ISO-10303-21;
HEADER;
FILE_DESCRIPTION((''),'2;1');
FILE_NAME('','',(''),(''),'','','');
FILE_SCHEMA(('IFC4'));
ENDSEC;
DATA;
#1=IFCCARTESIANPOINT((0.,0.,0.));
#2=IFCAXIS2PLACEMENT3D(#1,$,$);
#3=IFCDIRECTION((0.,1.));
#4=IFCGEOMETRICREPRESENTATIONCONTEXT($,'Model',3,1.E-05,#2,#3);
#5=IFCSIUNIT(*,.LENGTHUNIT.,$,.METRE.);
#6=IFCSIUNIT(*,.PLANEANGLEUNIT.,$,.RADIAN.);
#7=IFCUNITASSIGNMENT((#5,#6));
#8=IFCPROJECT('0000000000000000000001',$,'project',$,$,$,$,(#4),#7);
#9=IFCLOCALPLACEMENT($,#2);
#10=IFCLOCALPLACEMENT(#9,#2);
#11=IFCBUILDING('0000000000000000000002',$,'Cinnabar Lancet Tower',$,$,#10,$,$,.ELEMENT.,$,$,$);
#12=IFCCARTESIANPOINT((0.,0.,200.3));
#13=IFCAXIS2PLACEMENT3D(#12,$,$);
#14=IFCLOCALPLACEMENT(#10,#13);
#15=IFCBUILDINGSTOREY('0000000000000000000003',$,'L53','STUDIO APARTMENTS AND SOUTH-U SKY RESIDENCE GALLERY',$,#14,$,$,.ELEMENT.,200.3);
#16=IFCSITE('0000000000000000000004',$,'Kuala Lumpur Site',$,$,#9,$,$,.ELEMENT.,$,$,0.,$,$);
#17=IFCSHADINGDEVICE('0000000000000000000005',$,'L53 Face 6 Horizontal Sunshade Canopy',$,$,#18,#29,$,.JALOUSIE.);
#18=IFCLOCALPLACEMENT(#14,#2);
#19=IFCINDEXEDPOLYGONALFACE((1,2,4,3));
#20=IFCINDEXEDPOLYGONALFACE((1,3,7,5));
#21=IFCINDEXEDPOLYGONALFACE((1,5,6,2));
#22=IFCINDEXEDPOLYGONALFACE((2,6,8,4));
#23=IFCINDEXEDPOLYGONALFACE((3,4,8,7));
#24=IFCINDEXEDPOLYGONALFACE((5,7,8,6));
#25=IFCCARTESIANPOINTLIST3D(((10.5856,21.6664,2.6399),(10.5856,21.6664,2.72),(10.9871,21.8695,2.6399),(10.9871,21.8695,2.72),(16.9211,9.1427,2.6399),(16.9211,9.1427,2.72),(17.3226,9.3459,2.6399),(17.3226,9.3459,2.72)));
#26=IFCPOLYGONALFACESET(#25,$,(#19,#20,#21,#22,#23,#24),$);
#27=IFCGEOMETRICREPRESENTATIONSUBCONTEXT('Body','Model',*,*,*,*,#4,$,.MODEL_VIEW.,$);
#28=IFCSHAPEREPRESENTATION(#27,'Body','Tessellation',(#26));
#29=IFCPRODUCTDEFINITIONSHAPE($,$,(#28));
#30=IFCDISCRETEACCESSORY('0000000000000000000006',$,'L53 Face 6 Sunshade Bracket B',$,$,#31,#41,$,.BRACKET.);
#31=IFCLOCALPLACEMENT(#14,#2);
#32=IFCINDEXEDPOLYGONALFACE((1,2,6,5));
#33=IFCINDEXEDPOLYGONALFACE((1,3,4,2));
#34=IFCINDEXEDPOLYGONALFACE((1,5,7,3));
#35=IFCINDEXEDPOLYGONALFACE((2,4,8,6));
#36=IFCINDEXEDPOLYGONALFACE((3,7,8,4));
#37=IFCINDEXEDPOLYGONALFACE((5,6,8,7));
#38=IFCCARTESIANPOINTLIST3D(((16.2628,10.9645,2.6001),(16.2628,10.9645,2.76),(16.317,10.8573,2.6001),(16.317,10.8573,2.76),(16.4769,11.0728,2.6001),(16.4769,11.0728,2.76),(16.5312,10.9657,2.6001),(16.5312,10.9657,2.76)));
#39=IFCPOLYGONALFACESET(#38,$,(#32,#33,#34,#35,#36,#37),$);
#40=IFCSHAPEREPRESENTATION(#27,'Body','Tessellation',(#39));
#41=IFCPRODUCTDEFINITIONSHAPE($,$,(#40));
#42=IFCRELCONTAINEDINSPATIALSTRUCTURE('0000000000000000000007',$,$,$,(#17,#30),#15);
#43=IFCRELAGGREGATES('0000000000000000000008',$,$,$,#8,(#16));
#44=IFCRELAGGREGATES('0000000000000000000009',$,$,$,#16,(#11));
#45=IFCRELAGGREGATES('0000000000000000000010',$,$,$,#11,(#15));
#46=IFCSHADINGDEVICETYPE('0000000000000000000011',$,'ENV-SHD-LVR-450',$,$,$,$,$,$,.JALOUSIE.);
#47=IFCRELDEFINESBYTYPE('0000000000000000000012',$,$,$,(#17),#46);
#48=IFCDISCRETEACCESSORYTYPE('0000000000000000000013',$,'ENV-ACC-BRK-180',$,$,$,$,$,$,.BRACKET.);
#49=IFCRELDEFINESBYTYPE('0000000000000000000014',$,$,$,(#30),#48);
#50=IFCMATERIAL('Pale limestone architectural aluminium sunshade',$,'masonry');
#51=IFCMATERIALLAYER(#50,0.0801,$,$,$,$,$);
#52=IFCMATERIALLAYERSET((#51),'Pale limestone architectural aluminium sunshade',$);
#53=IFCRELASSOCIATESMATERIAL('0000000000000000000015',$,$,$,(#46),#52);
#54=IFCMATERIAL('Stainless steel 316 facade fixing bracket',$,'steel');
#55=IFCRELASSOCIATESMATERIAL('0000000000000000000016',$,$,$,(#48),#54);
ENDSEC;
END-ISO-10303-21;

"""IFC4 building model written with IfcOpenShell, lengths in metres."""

from ifc_helpers import new_model, si_unit, direction, frame, origin, origin_2d, place, context, subcontext, project, spatial, rectangle, extrude, material, layer, layer_set, type_object, element, save


model = new_model("IFC4")

# Units and contexts
model_context = context("Model", 3, precision=1e-05, world=origin(), true_north=direction((0.0, 1.0)))
body_context = subcontext(model_context, "Body", "Model", "MODEL_VIEW")
ifc_project = project(units=[si_unit("LENGTHUNIT", "METRE"), si_unit("PLANEANGLEUNIT", "RADIAN")], contexts=[model_context])

# Site, building, storey
site_placement = place(None, origin())
site = spatial("IfcSite", under=ifc_project, at=site_placement, Name="Kuala Lumpur Site", CompositionType="ELEMENT", RefElevation=0.0)
building_placement = place(site_placement, origin())
building = spatial("IfcBuilding", under=site, at=building_placement, Name="Cinnabar Lancet Tower", CompositionType="ELEMENT")
storey_placement = place(building_placement, frame((0.0, 0.0, 200.3)))
storey = spatial("IfcBuildingStorey", under=building, at=storey_placement, Name="L53", Description="STUDIO APARTMENTS AND SOUTH-U SKY RESIDENCE GALLERY", CompositionType="ELEMENT", Elevation=200.3)

# Shading device
ifc_material_1 = material(Name="Pale limestone architectural aluminium sunshade", Category="masonry")
ifc_layer_1 = layer(ifc_material_1, 0.0801)
ifc_layer_set_1 = layer_set([ifc_layer_1], Name="Pale limestone architectural aluminium sunshade")
shading_device_type = type_object("IfcShadingDeviceType", Name="ENV-SHD-LVR-450", PredefinedType="JALOUSIE", material=ifc_layer_set_1)
shading_device_placement = place(storey_placement, frame((13.9541, 15.5061, 2.6399), z_axis=(0.0, 0.0, 1.0), x_axis=(0.451407, -0.892318, 0.0)))
element("IfcShadingDevice", 1, at=shading_device_placement, inside=storey, type_object=shading_device_type, Name="L53 Face 6 Horizontal Sunshade Canopy", PredefinedType="JALOUSIE", context=body_context, shape_type="SweptSolid", body=[
    extrude(rectangle(XDim=14.0349, YDim=0.45, at=origin_2d()), origin(), (0.0, 0.0, 1.0), 0.0801),
])

# Discrete accessory
ifc_material_2 = material(Name="Stainless steel 316 facade fixing bracket", Category="steel")
discrete_accessory_type = type_object("IfcDiscreteAccessoryType", Name="ENV-ACC-BRK-180", PredefinedType="BRACKET", material=ifc_material_2)
discrete_accessory_placement = place(storey_placement, frame((16.397, 10.9651, 2.6001), z_axis=(0.0, 0.0, 1.0), x_axis=(0.451407, -0.892318, 0.0)))
element("IfcDiscreteAccessory", 2, at=discrete_accessory_placement, inside=storey, type_object=discrete_accessory_type, Name="L53 Face 6 Sunshade Bracket B", PredefinedType="BRACKET", context=body_context, shape_type="SweptSolid", body=[
    extrude(rectangle(XDim=0.1201, YDim=0.24, at=origin_2d()), origin(), (0.0, 0.0, 1.0), 0.1599),
])

save(model, "model.ifc")
